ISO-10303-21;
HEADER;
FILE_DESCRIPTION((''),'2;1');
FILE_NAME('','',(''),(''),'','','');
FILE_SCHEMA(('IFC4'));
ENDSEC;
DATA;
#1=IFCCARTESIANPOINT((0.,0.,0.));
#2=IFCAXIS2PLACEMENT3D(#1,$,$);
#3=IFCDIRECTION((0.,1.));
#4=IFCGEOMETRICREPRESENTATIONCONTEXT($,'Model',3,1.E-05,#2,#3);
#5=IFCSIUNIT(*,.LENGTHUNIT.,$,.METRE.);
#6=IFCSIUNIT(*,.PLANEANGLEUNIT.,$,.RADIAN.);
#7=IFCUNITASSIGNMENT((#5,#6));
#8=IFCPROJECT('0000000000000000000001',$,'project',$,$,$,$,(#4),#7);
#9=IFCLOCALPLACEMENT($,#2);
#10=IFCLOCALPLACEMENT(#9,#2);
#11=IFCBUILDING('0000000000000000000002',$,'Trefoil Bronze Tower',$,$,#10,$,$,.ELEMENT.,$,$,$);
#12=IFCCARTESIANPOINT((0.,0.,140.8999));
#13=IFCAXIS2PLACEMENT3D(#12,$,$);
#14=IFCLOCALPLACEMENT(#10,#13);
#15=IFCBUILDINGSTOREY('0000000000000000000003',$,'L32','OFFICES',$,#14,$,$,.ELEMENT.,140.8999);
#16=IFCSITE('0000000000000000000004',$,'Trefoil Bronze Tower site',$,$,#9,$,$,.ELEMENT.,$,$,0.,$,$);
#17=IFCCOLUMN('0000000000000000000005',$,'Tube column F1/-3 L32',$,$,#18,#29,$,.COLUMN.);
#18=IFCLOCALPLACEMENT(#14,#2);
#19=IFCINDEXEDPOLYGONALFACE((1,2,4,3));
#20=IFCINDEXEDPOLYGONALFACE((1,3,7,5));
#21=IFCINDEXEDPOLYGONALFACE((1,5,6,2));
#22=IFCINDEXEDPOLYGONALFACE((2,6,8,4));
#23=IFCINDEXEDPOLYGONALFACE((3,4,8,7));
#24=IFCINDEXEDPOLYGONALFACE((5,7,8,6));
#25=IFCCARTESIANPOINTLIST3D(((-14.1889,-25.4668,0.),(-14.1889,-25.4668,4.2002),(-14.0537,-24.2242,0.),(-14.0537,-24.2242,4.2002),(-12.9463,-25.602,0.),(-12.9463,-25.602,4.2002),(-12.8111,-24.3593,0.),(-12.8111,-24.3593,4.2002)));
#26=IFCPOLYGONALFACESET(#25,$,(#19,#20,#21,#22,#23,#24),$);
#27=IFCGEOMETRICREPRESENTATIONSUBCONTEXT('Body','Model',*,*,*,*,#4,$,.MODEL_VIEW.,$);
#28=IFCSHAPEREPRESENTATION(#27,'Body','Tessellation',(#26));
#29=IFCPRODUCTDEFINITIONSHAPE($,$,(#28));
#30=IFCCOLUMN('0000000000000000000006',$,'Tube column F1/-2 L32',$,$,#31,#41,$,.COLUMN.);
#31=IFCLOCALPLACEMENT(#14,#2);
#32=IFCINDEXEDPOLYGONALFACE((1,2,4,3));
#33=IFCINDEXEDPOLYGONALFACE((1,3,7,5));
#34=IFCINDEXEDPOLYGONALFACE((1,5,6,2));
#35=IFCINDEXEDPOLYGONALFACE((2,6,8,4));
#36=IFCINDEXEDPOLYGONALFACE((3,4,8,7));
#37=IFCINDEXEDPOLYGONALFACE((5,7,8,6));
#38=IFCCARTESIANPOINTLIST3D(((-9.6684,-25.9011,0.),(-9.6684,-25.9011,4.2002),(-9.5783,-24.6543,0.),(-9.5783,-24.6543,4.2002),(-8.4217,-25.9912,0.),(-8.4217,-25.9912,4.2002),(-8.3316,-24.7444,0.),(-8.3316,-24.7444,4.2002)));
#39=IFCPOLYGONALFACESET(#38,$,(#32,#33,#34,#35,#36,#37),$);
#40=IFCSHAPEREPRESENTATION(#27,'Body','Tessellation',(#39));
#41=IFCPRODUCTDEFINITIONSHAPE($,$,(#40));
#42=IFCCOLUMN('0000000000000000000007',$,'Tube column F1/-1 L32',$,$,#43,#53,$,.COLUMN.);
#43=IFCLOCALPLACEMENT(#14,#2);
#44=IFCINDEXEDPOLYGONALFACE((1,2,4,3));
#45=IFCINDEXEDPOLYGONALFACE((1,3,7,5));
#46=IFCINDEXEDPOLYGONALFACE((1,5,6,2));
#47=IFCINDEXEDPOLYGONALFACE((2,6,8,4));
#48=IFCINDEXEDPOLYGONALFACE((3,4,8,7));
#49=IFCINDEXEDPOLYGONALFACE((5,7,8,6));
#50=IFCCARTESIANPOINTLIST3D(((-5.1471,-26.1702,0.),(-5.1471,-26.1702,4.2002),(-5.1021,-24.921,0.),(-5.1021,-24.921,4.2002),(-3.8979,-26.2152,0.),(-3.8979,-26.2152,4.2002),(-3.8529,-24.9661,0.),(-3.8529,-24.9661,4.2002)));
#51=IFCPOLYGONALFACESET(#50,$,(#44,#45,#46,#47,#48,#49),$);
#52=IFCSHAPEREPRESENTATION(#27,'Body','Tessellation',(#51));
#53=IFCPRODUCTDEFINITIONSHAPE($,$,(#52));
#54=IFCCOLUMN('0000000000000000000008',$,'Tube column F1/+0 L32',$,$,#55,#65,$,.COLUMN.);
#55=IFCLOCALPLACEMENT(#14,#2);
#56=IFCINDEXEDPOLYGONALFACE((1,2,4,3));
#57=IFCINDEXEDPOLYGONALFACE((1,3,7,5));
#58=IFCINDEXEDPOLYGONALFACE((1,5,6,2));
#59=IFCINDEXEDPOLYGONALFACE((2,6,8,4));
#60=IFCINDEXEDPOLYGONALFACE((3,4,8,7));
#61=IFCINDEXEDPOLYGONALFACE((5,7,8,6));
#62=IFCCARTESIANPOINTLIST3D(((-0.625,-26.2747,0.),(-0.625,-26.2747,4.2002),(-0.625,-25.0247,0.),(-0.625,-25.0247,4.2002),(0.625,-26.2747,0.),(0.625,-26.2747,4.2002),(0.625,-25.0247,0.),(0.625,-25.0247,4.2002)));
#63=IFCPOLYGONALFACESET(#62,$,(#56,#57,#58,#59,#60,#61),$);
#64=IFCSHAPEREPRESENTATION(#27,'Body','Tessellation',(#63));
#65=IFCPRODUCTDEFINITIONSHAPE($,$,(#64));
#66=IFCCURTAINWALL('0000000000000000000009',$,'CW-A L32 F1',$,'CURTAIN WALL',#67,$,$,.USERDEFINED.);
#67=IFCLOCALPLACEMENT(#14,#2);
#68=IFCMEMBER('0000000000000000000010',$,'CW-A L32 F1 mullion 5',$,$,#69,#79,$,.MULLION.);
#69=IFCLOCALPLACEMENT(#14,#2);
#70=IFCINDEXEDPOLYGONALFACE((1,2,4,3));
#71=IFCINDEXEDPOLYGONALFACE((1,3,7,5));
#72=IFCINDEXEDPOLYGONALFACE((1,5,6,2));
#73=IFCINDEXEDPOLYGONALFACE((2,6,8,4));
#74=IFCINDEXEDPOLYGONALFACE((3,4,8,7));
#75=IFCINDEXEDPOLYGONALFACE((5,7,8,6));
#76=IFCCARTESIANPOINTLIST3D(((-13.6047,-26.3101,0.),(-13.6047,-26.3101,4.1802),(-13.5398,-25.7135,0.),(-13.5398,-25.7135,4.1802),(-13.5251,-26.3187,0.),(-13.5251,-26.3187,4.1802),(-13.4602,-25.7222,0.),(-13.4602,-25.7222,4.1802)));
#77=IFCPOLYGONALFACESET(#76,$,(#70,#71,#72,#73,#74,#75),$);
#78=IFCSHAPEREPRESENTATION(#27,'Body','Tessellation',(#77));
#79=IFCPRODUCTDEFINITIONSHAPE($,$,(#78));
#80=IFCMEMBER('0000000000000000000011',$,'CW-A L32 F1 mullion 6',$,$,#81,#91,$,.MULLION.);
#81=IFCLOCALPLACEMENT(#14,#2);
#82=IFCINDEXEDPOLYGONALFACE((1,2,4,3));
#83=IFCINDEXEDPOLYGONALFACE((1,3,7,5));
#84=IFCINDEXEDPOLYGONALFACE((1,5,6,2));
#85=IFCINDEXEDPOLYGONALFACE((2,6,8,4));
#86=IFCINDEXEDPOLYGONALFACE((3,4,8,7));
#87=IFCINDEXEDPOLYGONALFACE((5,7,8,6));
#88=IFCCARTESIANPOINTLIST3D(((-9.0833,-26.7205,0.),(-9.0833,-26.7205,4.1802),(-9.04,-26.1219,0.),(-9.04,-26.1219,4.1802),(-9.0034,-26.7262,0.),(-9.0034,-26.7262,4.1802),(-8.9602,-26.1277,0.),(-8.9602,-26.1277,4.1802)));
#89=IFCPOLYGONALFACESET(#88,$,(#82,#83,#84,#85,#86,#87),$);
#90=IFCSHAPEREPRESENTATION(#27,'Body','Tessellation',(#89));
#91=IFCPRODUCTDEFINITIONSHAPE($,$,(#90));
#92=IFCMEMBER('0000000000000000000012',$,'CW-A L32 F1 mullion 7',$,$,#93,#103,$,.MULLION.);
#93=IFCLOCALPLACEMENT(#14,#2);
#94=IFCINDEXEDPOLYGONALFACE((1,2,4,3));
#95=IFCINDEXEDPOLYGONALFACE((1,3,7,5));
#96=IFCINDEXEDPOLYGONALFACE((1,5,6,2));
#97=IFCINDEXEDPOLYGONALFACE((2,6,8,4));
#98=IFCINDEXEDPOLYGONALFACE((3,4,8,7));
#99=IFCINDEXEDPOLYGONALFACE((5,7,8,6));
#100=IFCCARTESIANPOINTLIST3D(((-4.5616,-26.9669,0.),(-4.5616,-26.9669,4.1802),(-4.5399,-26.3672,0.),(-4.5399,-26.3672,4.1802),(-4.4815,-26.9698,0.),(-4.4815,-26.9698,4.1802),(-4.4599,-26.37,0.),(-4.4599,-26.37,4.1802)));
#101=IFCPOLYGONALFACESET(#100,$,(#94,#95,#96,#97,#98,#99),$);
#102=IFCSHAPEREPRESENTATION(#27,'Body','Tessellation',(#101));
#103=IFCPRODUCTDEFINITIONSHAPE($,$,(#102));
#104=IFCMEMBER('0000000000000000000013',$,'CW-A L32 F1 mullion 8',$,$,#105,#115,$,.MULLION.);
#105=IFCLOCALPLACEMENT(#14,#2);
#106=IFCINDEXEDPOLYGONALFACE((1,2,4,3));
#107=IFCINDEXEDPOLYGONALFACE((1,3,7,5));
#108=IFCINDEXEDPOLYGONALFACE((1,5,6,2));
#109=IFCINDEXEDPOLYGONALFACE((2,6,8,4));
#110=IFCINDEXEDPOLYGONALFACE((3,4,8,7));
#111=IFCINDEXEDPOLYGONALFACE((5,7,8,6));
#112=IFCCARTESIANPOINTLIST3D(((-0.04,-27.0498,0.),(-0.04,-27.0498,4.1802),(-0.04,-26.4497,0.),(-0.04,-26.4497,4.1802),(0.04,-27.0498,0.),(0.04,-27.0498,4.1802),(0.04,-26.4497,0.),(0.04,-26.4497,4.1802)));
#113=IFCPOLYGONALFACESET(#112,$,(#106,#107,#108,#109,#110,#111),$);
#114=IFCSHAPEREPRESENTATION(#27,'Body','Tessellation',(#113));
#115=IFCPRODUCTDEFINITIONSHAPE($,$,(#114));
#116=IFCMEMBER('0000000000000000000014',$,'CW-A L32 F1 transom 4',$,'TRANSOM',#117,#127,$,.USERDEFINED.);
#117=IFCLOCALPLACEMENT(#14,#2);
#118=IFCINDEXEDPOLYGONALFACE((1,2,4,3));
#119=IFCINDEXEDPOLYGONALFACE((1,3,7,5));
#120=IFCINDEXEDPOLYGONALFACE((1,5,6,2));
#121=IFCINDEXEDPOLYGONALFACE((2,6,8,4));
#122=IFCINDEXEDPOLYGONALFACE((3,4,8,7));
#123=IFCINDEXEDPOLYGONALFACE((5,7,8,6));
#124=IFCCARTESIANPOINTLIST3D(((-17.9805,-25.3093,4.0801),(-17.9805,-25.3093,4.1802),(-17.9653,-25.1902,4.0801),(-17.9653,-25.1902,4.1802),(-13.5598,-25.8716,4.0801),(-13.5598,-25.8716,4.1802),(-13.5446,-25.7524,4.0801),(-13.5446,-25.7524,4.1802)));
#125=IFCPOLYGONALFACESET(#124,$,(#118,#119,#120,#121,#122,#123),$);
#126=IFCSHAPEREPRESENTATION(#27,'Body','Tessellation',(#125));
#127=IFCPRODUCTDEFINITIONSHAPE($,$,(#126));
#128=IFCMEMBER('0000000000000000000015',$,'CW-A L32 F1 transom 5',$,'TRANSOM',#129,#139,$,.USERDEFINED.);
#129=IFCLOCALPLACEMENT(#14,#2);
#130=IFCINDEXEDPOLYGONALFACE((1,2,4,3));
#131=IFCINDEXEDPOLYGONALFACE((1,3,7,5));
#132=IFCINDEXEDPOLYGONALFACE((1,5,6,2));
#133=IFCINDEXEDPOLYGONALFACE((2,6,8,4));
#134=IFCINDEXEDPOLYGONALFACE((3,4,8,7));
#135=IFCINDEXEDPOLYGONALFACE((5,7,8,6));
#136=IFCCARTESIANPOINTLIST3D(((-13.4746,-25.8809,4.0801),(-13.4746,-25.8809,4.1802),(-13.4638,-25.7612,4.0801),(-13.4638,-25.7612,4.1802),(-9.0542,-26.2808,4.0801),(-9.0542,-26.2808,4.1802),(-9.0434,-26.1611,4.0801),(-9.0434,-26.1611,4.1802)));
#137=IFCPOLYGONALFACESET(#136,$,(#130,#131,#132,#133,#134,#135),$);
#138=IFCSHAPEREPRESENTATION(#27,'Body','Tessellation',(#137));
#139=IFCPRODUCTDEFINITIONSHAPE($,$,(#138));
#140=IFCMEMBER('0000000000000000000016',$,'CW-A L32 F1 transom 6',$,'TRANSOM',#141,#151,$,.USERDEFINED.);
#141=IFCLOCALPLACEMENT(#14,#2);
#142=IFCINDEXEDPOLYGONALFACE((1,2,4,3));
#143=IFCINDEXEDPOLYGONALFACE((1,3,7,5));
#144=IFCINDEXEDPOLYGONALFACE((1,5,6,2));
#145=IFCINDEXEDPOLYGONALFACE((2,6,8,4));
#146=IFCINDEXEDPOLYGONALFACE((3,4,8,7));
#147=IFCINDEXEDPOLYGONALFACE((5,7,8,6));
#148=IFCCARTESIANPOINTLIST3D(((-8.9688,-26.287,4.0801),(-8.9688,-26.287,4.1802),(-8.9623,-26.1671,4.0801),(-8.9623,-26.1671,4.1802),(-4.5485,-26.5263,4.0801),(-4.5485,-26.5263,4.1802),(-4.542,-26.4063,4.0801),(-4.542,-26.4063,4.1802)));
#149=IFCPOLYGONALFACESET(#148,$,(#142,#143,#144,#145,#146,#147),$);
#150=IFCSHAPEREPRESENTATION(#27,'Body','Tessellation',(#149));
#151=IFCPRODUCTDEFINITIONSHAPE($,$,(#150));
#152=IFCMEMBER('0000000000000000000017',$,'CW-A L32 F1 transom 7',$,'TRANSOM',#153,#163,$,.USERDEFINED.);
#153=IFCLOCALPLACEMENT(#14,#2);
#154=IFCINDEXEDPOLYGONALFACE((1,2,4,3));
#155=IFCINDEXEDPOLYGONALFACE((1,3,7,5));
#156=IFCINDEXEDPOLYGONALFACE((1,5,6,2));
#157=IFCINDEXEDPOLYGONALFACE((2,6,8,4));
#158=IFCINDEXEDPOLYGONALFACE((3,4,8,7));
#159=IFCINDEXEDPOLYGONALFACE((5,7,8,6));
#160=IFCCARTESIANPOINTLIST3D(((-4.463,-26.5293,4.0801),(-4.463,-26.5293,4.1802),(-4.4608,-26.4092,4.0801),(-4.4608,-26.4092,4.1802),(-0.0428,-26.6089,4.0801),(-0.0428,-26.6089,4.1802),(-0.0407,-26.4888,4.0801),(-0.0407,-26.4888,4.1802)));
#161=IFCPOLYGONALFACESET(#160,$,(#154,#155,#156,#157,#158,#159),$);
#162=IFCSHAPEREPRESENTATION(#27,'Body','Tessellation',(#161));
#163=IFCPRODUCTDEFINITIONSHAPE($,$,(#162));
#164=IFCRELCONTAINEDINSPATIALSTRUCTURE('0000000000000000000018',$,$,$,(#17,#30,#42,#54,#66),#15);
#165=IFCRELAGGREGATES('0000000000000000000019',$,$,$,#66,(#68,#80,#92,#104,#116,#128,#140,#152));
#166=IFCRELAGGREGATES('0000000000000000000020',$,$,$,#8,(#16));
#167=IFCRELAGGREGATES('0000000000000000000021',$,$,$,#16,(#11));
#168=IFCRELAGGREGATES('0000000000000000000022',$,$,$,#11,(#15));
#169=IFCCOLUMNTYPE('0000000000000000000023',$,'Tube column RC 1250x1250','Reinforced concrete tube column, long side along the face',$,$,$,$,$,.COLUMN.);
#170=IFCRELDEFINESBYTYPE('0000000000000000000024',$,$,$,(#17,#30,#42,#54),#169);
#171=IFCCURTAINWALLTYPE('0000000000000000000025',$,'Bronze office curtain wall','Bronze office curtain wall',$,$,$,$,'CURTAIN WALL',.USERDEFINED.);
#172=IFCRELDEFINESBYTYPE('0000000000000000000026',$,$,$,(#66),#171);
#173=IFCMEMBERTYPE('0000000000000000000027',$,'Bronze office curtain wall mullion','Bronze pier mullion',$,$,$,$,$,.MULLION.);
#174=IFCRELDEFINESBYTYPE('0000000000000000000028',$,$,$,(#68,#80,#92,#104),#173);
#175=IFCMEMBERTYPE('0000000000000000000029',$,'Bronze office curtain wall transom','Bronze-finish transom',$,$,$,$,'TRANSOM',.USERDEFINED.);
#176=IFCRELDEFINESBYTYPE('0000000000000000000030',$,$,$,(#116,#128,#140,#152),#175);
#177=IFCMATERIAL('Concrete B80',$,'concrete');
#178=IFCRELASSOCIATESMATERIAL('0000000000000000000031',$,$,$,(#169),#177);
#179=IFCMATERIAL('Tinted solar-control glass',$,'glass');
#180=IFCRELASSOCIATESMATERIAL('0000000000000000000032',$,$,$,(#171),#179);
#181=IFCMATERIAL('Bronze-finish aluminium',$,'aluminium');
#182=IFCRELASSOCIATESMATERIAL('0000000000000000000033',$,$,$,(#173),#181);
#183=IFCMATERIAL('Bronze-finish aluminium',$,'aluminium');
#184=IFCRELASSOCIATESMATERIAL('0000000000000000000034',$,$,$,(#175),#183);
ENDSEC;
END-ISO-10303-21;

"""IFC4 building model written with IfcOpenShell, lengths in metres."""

from ifc_helpers import new_model, si_unit, direction, frame, origin, origin_2d, place, context, subcontext, project, spatial, rectangle, extrude, material, material_profile, profile_set, type_object, element, aggregate, save


model = new_model("IFC4")

# Units and contexts
model_context = context("Model", 3, precision=1e-05, world=origin(), true_north=direction((0.0, 1.0)))
body_context = subcontext(model_context, "Body", "Model", "MODEL_VIEW")
ifc_project = project(units=[si_unit("LENGTHUNIT", "METRE"), si_unit("PLANEANGLEUNIT", "RADIAN")], contexts=[model_context])

# Site, building, storey
site_placement = place(None, origin())
site = spatial("IfcSite", under=ifc_project, at=site_placement, Name="Trefoil Bronze Tower site", CompositionType="ELEMENT", RefElevation=0.0)
building_placement = place(site_placement, origin())
building = spatial("IfcBuilding", under=site, at=building_placement, Name="Trefoil Bronze Tower", CompositionType="ELEMENT")
storey_placement = place(building_placement, frame((0.0, 0.0, 140.8999)))
storey = spatial("IfcBuildingStorey", under=building, at=storey_placement, Name="L32", Description="OFFICES", CompositionType="ELEMENT", Elevation=140.8999)

# Columns
ifc_material_1 = material(Name="Concrete B80", Category="concrete")
ifc_material_profile_1 = material_profile(ifc_material_1, rectangle(XDim=1.25, YDim=1.25, at=origin_2d()), Name="RC 1250x1250")
ifc_profile_set_1 = profile_set([ifc_material_profile_1], Name="Concrete B80")
column_type = type_object("IfcColumnType", Name="Tube column RC 1250x1250", Description="Reinforced concrete tube column, long side along the face", PredefinedType="COLUMN", material=ifc_profile_set_1)
for number, where, z_axis, x_axis, name in (
    (1, (-13.5, -24.9131, 0.0), (0.0, 0.0, 1.0), (0.994135, -0.108144, 0.0), "Tube column F1/-3 L32"),
    (2, (-9.0, -25.3228, 0.0), (0.0, 0.0, 1.0), (0.997398, -0.072096, 0.0), "Tube column F1/-2 L32"),
    (3, (-4.5, -25.5681, 0.0), (0.0, 0.0, 1.0), (0.99935, -0.036048, 0.0), "Tube column F1/-1 L32"),
    (4, (0.0, -25.6497, 0.0), (0.0, 0.0, 1.0), (1.0, 0.0, 0.0), "Tube column F1/+0 L32"),
):
    element("IfcColumn", number, at=place(storey_placement, frame(where, z_axis=z_axis, x_axis=x_axis)), inside=storey, type_object=column_type, Name=name, PredefinedType="COLUMN", context=body_context, shape_type="SweptSolid", body=[
        extrude(rectangle(XDim=1.25, YDim=1.25, at=origin_2d()), origin(), (0.0, 0.0, 1.0), 4.2002),
    ])

# Curtain wall, members
ifc_material_2 = material(Name="Tinted solar-control glass", Category="glass")
curtain_wall_type = type_object("IfcCurtainWallType", Name="Bronze office curtain wall", Description="Bronze office curtain wall", ElementType="CURTAIN WALL", PredefinedType="USERDEFINED", material=ifc_material_2)
curtain_wall_placement = place(storey_placement, origin())
curtain_wall = element("IfcCurtainWall", 5, at=curtain_wall_placement, inside=storey, type_object=curtain_wall_type, Name="CW-A L32 F1", ObjectType="CURTAIN WALL", PredefinedType="USERDEFINED")
ifc_material_3 = material(Name="Bronze-finish aluminium", Category="aluminium")
ifc_material_profile_2 = material_profile(ifc_material_3, rectangle(XDim=0.6001, YDim=0.0801, at=origin_2d()), Name="CW-A mullion")
ifc_profile_set_2 = profile_set([ifc_material_profile_2], Name="Bronze-finish aluminium")
member_type_1 = type_object("IfcMemberType", Name="Bronze office curtain wall mullion", Description="Bronze pier mullion", PredefinedType="MULLION", material=ifc_profile_set_2)
member_1_placement = place(storey_placement, frame((-13.5325, -26.0161, 0.0), z_axis=(0.0, 0.0, 1.0), x_axis=(0.108144, 0.994135, 0.0)))
member_1 = element("IfcMember", 6, at=member_1_placement, type_object=member_type_1, Name="CW-A L32 F1 mullion 5", PredefinedType="MULLION", context=body_context, shape_type="SweptSolid", body=[
    extrude(rectangle(XDim=0.6001, YDim=0.0801, at=origin_2d()), origin(), (0.0, 0.0, 1.0), 4.1802),
])
member_2_placement = place(storey_placement, frame((-9.0217, -26.4241, 0.0), z_axis=(0.0, 0.0, 1.0), x_axis=(0.072096, 0.997398, 0.0)))
member_2 = element("IfcMember", 7, at=member_2_placement, type_object=member_type_1, Name="CW-A L32 F1 mullion 6", PredefinedType="MULLION", context=body_context, shape_type="SweptSolid", body=[
    extrude(rectangle(XDim=0.6001, YDim=0.0801, at=origin_2d()), origin(), (0.0, 0.0, 1.0), 4.1802),
])
member_3_placement = place(storey_placement, frame((-4.5107, -26.6685, 0.0), z_axis=(0.0, 0.0, 1.0), x_axis=(0.036048, 0.99935, 0.0)))
member_3 = element("IfcMember", 8, at=member_3_placement, type_object=member_type_1, Name="CW-A L32 F1 mullion 7", PredefinedType="MULLION", context=body_context, shape_type="SweptSolid", body=[
    extrude(rectangle(XDim=0.6001, YDim=0.0801, at=origin_2d()), origin(), (0.0, 0.0, 1.0), 4.1802),
])
member_4_placement = place(storey_placement, frame((0.0, -26.7498, 0.0), z_axis=(0.0, 0.0, 1.0), x_axis=(0.0, 1.0, 0.0)))
member_4 = element("IfcMember", 9, at=member_4_placement, type_object=member_type_1, Name="CW-A L32 F1 mullion 8", PredefinedType="MULLION", context=body_context, shape_type="SweptSolid", body=[
    extrude(rectangle(XDim=0.6001, YDim=0.0801, at=origin_2d()), origin(), (0.0, 0.0, 1.0), 4.1802),
])
ifc_material_4 = material(Name="Bronze-finish aluminium", Category="aluminium")
ifc_material_profile_3 = material_profile(ifc_material_4, rectangle(XDim=0.1201, YDim=0.1001, at=origin_2d()), Name="CW-A transom")
ifc_profile_set_3 = profile_set([ifc_material_profile_3], Name="Bronze-finish aluminium")
member_type_2 = type_object("IfcMemberType", Name="Bronze office curtain wall transom", Description="Bronze-finish transom", ElementType="TRANSOM", PredefinedType="USERDEFINED", material=ifc_profile_set_3)
member_5_placement = place(storey_placement, frame((-17.9729, -25.2498, 4.1301), z_axis=(0.992008, -0.126172, 0.0), x_axis=(0.126172, 0.992008, 0.0)))
member_5 = element("IfcMember", 10, at=member_5_placement, type_object=member_type_2, Name="CW-A L32 F1 transom 4", ObjectType="TRANSOM", PredefinedType="USERDEFINED", context=body_context, shape_type="SweptSolid", body=[
    extrude(rectangle(XDim=0.1201, YDim=0.1001, at=origin_2d()), origin(), (0.0, 0.0, 1.0), 4.4563),
])
member_6_placement = place(storey_placement, frame((-13.4692, -25.821, 4.1301), z_axis=(0.995933, -0.090099, 0.0), x_axis=(0.090099, 0.995933, 0.0)))
member_6 = element("IfcMember", 11, at=member_6_placement, type_object=member_type_2, Name="CW-A L32 F1 transom 5", ObjectType="TRANSOM", PredefinedType="USERDEFINED", context=body_context, shape_type="SweptSolid", body=[
    extrude(rectangle(XDim=0.1201, YDim=0.1001, at=origin_2d()), origin(), (0.0, 0.0, 1.0), 4.4385),
])
member_7_placement = place(storey_placement, frame((-8.9656, -26.2271, 4.1301), z_axis=(0.998538, -0.05405, 0.0), x_axis=(0.05405, 0.998538, 0.0)))
member_7 = element("IfcMember", 12, at=member_7_placement, type_object=member_type_2, Name="CW-A L32 F1 transom 6", ObjectType="TRANSOM", PredefinedType="USERDEFINED", context=body_context, shape_type="SweptSolid", body=[
    extrude(rectangle(XDim=0.1201, YDim=0.1001, at=origin_2d()), origin(), (0.0, 0.0, 1.0), 4.4268),
])
member_8_placement = place(storey_placement, frame((-4.4619, -26.4692, 4.1301), z_axis=(0.999838, -0.018003, 0.0), x_axis=(0.018003, 0.999838, 0.0)))
member_8 = element("IfcMember", 13, at=member_8_placement, type_object=member_type_2, Name="CW-A L32 F1 transom 7", ObjectType="TRANSOM", PredefinedType="USERDEFINED", context=body_context, shape_type="SweptSolid", body=[
    extrude(rectangle(XDim=0.1201, YDim=0.1001, at=origin_2d()), origin(), (0.0, 0.0, 1.0), 4.4209),
])

aggregate(curtain_wall, [member_1, member_2, member_3, member_4, member_5, member_6, member_7, member_8])

save(model, "model.ifc")
